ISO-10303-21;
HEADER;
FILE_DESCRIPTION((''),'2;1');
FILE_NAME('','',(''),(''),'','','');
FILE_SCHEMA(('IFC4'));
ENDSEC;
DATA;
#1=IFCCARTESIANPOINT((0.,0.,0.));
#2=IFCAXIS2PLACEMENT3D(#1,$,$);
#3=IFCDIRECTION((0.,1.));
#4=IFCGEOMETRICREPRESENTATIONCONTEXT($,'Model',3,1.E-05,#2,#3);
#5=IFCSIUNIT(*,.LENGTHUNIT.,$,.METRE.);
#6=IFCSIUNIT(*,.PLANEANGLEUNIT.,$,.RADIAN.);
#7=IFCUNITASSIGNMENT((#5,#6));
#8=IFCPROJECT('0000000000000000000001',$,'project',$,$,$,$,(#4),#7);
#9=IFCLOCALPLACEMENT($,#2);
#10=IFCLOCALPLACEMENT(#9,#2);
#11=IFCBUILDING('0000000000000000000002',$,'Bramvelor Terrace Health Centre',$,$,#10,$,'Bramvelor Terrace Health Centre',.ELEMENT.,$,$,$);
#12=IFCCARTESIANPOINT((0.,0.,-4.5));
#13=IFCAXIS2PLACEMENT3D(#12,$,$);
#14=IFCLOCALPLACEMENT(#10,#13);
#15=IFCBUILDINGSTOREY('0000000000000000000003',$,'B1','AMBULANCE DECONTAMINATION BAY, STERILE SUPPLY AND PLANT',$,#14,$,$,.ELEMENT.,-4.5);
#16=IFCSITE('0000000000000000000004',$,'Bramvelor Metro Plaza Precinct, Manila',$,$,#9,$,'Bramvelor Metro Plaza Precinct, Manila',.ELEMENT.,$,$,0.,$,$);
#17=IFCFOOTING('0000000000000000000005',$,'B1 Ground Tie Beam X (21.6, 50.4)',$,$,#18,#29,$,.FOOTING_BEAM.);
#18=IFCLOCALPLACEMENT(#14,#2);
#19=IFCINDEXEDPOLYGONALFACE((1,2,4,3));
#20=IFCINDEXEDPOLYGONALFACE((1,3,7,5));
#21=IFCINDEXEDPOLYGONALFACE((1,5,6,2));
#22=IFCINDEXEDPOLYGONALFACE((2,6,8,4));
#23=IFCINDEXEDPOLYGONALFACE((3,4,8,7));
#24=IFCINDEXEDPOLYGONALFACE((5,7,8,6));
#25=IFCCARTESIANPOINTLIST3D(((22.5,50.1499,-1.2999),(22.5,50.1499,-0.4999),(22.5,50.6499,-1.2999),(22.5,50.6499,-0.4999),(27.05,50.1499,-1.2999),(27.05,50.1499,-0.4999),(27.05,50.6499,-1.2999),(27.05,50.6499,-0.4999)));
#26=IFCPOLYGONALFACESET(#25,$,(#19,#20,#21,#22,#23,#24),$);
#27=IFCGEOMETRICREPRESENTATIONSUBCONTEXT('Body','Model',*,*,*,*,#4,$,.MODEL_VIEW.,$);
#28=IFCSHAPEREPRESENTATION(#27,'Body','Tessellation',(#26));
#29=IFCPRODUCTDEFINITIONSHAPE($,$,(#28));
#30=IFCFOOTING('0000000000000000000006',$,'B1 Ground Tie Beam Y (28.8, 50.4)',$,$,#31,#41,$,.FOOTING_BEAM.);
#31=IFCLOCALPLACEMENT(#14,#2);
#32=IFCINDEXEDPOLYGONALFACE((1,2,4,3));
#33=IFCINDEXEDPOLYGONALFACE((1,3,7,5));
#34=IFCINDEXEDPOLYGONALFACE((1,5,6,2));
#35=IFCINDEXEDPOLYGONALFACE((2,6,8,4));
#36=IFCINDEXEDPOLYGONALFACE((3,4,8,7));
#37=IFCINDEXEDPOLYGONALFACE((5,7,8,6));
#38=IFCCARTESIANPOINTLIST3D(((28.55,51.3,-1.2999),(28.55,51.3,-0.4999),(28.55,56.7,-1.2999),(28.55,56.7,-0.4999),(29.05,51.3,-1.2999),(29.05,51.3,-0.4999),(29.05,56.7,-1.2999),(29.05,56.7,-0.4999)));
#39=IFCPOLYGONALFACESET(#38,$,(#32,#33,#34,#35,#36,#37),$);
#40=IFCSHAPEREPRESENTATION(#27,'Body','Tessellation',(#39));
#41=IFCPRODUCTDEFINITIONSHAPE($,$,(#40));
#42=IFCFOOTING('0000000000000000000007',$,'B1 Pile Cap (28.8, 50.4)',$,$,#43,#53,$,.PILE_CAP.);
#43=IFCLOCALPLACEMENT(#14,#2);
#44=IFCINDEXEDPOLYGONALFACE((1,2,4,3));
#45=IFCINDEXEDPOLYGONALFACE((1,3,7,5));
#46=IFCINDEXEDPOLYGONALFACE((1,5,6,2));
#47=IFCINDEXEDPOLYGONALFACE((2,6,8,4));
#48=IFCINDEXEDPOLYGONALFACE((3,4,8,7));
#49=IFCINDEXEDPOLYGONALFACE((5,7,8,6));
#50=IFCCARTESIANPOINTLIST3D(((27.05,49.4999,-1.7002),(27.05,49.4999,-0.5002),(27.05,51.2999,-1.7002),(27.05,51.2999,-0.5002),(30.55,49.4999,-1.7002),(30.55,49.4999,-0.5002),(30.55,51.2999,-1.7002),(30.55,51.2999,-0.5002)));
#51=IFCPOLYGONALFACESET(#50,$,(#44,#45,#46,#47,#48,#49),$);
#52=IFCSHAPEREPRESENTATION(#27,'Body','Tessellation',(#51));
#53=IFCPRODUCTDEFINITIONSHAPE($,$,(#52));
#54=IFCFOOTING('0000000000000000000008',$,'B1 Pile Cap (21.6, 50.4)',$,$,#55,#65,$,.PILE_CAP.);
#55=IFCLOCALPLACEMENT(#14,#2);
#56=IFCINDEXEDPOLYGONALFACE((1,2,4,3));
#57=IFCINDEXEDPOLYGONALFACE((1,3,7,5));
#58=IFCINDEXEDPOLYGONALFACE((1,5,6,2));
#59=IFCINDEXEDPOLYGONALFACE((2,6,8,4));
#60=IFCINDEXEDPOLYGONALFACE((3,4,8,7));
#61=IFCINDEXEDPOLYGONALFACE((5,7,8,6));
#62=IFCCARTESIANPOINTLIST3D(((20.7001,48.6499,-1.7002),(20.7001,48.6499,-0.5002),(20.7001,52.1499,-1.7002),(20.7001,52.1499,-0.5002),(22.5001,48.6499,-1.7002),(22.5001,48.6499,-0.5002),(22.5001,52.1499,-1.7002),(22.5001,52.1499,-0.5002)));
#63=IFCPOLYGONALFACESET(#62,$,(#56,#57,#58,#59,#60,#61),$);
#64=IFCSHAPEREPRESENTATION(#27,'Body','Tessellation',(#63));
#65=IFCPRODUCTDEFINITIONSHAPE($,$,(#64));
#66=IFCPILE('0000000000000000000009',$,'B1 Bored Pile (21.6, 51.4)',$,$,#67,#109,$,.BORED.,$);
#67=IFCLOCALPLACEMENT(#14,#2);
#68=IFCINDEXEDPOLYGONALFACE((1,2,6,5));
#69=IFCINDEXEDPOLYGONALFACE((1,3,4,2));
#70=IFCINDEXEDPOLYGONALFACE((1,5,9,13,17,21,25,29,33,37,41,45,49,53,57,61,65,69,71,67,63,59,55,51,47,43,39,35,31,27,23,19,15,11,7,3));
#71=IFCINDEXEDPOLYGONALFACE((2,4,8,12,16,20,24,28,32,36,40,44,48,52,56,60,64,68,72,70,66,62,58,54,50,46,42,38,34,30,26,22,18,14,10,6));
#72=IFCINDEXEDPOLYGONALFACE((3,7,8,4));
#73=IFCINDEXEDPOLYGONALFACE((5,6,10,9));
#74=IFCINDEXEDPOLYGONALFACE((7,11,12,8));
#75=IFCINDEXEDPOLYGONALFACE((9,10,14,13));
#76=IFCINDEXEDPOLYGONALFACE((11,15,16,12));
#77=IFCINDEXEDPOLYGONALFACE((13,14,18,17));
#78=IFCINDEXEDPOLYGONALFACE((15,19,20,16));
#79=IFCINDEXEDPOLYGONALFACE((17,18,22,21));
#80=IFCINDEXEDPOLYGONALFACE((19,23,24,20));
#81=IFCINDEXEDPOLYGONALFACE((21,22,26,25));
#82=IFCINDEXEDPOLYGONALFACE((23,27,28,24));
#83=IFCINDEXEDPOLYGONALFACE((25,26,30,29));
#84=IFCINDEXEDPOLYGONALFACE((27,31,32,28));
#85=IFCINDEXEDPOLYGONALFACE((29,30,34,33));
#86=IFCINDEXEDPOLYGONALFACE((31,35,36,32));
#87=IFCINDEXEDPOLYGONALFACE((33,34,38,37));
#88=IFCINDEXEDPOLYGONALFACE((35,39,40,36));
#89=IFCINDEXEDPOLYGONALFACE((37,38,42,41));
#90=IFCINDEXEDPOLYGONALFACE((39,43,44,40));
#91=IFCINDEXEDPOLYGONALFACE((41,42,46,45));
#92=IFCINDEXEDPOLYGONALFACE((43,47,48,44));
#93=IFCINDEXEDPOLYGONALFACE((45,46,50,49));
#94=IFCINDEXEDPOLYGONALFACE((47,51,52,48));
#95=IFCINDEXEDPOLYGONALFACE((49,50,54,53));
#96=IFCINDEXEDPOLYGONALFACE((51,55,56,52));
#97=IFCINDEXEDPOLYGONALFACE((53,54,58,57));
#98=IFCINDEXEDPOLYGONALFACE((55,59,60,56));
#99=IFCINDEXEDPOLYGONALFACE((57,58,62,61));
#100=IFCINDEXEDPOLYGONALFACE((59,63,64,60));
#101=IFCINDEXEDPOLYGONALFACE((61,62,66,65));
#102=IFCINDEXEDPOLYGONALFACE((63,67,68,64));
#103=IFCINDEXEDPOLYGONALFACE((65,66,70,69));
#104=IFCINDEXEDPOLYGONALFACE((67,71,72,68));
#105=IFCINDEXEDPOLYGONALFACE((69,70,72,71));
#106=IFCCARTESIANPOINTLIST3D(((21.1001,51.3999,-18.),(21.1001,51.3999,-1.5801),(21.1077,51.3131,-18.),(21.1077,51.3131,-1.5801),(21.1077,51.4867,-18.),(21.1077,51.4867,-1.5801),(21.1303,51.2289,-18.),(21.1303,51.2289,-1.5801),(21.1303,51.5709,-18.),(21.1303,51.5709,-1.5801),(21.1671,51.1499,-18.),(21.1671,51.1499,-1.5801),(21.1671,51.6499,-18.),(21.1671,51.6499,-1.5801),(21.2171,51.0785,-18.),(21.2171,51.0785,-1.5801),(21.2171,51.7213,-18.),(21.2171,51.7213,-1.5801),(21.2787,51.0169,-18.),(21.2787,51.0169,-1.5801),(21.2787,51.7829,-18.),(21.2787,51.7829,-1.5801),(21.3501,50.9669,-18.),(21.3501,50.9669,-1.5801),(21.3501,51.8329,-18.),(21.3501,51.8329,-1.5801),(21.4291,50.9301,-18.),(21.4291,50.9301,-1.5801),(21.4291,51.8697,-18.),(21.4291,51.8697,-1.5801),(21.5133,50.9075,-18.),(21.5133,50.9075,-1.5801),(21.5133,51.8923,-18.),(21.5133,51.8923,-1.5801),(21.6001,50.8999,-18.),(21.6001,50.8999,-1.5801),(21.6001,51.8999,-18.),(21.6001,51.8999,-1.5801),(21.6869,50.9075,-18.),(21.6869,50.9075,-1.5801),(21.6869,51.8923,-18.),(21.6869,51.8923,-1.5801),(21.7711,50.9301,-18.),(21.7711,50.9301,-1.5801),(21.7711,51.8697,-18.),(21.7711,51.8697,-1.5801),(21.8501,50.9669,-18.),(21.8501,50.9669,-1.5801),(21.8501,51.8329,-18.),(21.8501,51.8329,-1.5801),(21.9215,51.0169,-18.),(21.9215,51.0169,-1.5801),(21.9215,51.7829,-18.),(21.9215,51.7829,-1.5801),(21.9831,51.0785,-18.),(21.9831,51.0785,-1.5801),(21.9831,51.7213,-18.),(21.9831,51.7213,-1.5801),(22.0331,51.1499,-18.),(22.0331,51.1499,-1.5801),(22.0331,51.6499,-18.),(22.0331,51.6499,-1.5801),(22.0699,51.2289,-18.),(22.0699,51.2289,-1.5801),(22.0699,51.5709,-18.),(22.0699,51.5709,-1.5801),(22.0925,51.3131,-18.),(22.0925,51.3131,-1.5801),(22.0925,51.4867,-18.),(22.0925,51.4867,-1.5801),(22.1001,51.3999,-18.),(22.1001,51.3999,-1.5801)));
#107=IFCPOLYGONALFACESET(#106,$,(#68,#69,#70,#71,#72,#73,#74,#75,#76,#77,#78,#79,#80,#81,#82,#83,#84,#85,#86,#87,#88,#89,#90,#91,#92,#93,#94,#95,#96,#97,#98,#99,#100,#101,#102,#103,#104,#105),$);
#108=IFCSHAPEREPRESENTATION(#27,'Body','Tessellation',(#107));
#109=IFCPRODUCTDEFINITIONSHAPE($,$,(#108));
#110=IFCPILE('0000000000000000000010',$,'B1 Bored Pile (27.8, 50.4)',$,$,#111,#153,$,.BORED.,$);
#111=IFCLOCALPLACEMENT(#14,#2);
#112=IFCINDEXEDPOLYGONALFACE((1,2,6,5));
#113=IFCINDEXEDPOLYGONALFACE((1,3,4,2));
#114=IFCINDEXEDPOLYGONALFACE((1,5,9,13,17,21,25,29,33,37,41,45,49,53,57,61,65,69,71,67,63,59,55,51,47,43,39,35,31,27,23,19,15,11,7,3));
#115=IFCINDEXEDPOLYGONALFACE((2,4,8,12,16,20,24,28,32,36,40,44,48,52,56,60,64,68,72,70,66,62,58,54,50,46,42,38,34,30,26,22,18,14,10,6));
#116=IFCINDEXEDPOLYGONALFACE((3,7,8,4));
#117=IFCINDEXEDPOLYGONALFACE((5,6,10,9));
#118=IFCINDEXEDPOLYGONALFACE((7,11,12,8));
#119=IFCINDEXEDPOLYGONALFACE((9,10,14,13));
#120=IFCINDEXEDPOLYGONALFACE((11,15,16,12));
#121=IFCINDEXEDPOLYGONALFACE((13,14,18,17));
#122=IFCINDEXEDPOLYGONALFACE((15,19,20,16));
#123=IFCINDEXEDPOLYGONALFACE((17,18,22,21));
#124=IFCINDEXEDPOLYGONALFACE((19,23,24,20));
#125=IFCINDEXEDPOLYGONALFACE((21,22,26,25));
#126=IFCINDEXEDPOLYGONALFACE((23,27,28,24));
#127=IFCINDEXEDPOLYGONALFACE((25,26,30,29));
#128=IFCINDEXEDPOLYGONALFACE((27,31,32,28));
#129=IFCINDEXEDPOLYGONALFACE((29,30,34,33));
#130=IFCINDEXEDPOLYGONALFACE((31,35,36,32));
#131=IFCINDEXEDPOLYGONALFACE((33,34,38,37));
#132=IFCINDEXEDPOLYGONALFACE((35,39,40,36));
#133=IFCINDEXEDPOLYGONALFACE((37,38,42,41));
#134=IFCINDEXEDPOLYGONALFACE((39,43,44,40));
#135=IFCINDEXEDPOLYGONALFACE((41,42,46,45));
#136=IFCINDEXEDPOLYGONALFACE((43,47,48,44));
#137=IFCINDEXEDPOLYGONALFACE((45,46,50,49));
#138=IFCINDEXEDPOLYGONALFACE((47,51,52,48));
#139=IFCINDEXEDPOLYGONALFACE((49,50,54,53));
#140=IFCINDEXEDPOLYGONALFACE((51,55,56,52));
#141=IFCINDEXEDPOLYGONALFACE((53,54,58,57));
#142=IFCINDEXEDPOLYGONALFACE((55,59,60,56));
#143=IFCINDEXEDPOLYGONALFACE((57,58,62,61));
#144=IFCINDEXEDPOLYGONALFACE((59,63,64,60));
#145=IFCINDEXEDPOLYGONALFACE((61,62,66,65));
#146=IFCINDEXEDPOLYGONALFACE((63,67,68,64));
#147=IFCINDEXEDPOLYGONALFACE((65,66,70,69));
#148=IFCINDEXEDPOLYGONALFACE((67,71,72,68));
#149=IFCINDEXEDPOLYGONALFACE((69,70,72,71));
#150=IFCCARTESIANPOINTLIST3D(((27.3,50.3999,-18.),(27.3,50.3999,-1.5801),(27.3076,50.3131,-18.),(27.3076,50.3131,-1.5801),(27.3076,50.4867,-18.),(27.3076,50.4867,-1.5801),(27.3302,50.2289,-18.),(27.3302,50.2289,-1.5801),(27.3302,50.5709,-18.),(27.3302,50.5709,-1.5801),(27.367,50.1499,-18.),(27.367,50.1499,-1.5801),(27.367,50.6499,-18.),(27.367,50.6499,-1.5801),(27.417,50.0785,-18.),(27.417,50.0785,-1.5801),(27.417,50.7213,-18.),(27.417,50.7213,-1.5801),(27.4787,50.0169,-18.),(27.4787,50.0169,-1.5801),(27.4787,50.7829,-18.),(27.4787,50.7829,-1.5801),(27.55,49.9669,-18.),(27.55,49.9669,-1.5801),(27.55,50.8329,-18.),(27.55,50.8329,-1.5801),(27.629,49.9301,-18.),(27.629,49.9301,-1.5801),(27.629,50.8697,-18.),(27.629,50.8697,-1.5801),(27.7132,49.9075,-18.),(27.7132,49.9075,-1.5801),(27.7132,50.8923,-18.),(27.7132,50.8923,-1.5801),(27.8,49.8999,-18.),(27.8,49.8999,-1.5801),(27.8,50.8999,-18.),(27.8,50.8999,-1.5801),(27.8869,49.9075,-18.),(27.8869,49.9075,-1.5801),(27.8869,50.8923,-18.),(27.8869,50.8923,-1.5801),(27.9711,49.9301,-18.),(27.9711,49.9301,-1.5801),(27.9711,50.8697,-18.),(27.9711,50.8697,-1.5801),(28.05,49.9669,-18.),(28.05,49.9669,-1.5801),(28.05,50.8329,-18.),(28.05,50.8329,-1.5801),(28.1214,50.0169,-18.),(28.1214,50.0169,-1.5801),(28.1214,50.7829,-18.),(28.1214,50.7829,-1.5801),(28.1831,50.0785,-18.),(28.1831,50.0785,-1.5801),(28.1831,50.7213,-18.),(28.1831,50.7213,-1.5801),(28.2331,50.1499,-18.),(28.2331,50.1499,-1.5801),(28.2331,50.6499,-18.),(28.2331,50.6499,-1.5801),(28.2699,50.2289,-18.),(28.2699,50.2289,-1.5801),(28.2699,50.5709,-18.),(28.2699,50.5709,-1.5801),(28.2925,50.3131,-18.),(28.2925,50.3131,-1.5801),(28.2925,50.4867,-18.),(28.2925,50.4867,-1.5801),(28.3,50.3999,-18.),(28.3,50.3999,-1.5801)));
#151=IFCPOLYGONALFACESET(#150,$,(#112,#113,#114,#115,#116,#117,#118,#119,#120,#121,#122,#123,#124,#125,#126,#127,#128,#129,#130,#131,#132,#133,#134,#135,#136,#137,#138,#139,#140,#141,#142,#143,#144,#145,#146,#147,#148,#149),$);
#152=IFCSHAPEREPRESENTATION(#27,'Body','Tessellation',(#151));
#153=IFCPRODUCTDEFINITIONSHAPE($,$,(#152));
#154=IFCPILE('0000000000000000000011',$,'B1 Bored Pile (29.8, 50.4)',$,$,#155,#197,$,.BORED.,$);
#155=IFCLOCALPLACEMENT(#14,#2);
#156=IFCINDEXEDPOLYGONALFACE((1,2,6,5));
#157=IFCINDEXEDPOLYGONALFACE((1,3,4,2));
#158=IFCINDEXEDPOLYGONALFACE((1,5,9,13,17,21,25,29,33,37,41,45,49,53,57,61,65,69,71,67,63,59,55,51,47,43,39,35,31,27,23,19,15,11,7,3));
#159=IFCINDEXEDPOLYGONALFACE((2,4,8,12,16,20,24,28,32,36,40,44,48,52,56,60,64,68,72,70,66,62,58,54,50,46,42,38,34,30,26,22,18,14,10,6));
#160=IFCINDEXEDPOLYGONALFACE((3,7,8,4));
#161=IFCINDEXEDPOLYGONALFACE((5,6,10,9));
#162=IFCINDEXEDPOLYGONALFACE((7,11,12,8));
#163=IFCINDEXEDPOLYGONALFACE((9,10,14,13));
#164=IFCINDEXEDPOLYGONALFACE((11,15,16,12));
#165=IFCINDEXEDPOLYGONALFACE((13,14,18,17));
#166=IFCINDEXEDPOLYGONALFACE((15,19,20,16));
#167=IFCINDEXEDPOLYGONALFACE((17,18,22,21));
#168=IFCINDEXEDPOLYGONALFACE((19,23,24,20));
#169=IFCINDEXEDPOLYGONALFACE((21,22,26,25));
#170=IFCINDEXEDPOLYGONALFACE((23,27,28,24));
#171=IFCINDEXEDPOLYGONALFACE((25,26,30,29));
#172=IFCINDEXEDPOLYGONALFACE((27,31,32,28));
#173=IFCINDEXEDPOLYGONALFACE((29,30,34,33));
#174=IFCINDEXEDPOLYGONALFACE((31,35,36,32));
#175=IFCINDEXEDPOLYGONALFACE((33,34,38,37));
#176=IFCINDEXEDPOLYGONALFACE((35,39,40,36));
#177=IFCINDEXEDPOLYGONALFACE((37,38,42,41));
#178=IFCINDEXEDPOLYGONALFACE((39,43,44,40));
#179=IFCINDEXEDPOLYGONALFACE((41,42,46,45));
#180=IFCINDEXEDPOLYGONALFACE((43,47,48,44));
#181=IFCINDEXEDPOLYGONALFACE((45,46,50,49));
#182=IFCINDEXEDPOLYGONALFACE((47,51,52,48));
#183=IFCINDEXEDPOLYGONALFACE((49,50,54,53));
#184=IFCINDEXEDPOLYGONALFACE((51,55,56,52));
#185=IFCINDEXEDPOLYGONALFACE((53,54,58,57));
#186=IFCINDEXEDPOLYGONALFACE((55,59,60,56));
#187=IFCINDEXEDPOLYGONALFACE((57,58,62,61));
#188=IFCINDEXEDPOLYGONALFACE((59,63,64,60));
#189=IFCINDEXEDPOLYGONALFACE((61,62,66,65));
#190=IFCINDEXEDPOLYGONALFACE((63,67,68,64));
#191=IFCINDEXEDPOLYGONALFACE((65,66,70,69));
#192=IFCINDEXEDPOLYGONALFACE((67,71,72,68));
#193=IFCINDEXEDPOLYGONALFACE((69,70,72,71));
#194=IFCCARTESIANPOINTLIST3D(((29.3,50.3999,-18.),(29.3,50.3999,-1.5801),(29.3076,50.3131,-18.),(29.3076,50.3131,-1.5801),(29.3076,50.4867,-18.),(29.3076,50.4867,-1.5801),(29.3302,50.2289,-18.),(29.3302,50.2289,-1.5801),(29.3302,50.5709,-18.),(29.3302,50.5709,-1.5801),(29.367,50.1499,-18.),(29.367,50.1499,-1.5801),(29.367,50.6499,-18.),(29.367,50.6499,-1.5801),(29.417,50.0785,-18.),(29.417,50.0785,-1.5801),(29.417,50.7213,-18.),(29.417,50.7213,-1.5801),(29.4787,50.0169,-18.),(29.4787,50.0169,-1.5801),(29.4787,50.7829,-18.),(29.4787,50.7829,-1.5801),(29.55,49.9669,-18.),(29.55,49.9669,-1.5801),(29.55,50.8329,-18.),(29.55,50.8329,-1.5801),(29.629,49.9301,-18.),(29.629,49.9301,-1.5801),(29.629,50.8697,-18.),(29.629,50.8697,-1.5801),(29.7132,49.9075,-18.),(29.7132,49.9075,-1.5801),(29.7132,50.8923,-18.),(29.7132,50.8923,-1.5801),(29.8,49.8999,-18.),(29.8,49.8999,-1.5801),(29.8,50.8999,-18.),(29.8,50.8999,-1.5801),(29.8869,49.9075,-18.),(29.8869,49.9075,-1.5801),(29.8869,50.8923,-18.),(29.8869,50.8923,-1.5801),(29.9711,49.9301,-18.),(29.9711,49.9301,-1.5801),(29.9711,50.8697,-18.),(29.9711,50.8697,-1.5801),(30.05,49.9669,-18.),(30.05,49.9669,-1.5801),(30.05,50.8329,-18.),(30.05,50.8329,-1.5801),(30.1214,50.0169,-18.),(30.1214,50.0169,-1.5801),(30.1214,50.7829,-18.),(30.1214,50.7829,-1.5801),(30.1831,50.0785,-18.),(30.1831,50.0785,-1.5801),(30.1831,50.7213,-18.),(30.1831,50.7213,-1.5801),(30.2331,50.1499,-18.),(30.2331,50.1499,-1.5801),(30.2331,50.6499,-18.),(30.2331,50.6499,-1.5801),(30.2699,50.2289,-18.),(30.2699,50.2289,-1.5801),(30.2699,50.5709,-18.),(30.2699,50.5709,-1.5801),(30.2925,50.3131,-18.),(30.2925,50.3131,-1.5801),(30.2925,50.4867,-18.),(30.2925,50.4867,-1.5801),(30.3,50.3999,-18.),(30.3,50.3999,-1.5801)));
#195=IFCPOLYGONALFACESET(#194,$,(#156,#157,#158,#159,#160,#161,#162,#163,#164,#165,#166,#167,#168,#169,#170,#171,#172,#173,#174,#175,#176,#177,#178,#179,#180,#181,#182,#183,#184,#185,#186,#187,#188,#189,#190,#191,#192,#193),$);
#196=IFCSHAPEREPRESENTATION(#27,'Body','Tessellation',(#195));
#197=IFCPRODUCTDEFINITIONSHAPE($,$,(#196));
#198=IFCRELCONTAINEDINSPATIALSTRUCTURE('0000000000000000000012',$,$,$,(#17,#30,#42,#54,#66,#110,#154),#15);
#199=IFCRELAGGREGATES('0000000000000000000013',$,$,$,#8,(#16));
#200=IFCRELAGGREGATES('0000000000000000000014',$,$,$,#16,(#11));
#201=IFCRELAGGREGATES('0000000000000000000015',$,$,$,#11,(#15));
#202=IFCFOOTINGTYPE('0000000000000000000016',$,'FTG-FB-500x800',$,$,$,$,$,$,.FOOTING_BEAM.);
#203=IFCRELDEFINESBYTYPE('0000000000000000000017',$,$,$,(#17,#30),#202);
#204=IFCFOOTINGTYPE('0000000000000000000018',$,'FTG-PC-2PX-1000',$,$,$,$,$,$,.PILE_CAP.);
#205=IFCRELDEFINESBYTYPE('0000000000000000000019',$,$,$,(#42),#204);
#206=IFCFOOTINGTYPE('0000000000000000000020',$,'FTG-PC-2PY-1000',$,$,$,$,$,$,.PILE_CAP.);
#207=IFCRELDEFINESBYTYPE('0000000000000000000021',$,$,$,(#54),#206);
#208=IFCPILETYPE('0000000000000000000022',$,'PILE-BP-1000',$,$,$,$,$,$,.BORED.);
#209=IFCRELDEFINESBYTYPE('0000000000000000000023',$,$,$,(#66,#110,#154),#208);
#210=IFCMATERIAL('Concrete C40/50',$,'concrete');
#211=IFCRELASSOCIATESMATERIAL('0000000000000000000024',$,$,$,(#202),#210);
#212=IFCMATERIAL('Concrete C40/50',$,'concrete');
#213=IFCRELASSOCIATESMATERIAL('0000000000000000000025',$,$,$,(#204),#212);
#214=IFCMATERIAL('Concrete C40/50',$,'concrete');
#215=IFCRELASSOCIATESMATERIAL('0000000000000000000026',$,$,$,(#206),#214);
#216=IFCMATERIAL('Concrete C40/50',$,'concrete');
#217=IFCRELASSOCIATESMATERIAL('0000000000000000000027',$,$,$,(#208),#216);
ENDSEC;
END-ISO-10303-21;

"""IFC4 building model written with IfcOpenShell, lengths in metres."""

from ifc_helpers import new_model, si_unit, direction, frame, origin, origin_2d, place, context, subcontext, project, spatial, rectangle, circle, extrude, material, material_profile, profile_set, type_object, element, save


model = new_model("IFC4")

# Units and contexts
model_context = context("Model", 3, precision=1e-05, world=origin(), true_north=direction((0.0, 1.0)))
body_context = subcontext(model_context, "Body", "Model", "MODEL_VIEW")
ifc_project = project(units=[si_unit("LENGTHUNIT", "METRE"), si_unit("PLANEANGLEUNIT", "RADIAN")], contexts=[model_context])

# Site, building, storey
site_placement = place(None, origin())
site = spatial("IfcSite", under=ifc_project, at=site_placement, Name="Bramvelor Metro Plaza Precinct, Manila", LongName="Bramvelor Metro Plaza Precinct, Manila", CompositionType="ELEMENT", RefElevation=0.0)
building_placement = place(site_placement, origin())
building = spatial("IfcBuilding", under=site, at=building_placement, Name="Bramvelor Terrace Health Centre", LongName="Bramvelor Terrace Health Centre", CompositionType="ELEMENT")
storey_placement = place(building_placement, frame((0.0, 0.0, -4.5)))
storey = spatial("IfcBuildingStorey", under=building, at=storey_placement, Name="B1", Description="AMBULANCE DECONTAMINATION BAY, STERILE SUPPLY AND PLANT", CompositionType="ELEMENT", Elevation=-4.5)

# Footings
ifc_material_1 = material(Name="Concrete C40/50", Category="concrete")
ifc_material_profile_1 = material_profile(ifc_material_1, rectangle(XDim=0.5, YDim=0.8, at=origin_2d()), Name="RC 500x800")
ifc_profile_set_1 = profile_set([ifc_material_profile_1], Name="Concrete C40/50")
footing_type_1 = type_object("IfcFootingType", Name="FTG-FB-500x800", PredefinedType="FOOTING_BEAM", material=ifc_profile_set_1)
footing_1_placement = place(storey_placement, frame((22.5, 50.3999, -0.8999), z_axis=(1.0, 0.0, 0.0), x_axis=(0.0, 1.0, 0.0)))
element("IfcFooting", 1, at=footing_1_placement, inside=storey, type_object=footing_type_1, Name="B1 Ground Tie Beam X (21.6, 50.4)", PredefinedType="FOOTING_BEAM", context=body_context, shape_type="SweptSolid", body=[
    extrude(rectangle(XDim=0.5, YDim=0.8, at=origin_2d()), origin(), (0.0, 0.0, 1.0), 4.55),
])
footing_2_placement = place(storey_placement, frame((28.8, 51.3, -0.8999), z_axis=(0.0, 1.0, 0.0), x_axis=(-1.0, 0.0, 0.0)))
element("IfcFooting", 2, at=footing_2_placement, inside=storey, type_object=footing_type_1, Name="B1 Ground Tie Beam Y (28.8, 50.4)", PredefinedType="FOOTING_BEAM", context=body_context, shape_type="SweptSolid", body=[
    extrude(rectangle(XDim=0.5, YDim=0.8, at=origin_2d()), origin(), (0.0, 0.0, 1.0), 5.3999),
])
ifc_material_2 = material(Name="Concrete C40/50", Category="concrete")
footing_type_2 = type_object("IfcFootingType", Name="FTG-PC-2PX-1000", PredefinedType="PILE_CAP", material=ifc_material_2)
footing_3_placement = place(storey_placement, frame((28.8, 50.3999, -1.7002), z_axis=(0.0, 0.0, 1.0), x_axis=(1.0, 0.0, 0.0)))
element("IfcFooting", 3, at=footing_3_placement, inside=storey, type_object=footing_type_2, Name="B1 Pile Cap (28.8, 50.4)", PredefinedType="PILE_CAP", context=body_context, shape_type="SweptSolid", body=[
    extrude(rectangle(XDim=3.5, YDim=1.8, at=origin_2d()), origin(), (0.0, 0.0, 1.0), 1.2),
])
ifc_material_3 = material(Name="Concrete C40/50", Category="concrete")
footing_type_3 = type_object("IfcFootingType", Name="FTG-PC-2PY-1000", PredefinedType="PILE_CAP", material=ifc_material_3)
footing_4_placement = place(storey_placement, frame((21.6001, 50.3999, -1.7002), z_axis=(0.0, 0.0, 1.0), x_axis=(1.0, 0.0, 0.0)))
element("IfcFooting", 4, at=footing_4_placement, inside=storey, type_object=footing_type_3, Name="B1 Pile Cap (21.6, 50.4)", PredefinedType="PILE_CAP", context=body_context, shape_type="SweptSolid", body=[
    extrude(rectangle(XDim=1.8, YDim=3.5, at=origin_2d()), origin(), (0.0, 0.0, 1.0), 1.2),
])

# Piles
ifc_material_4 = material(Name="Concrete C40/50", Category="concrete")
ifc_material_profile_2 = material_profile(ifc_material_4, circle(Radius=0.5, at=origin_2d()), Name="BP D1000")
ifc_profile_set_2 = profile_set([ifc_material_profile_2], Name="Concrete C40/50")
pile_type = type_object("IfcPileType", Name="PILE-BP-1000", PredefinedType="BORED", material=ifc_profile_set_2)
for number, where, z_axis, x_axis, name in (
    (5, (21.6001, 51.3999, -1.5801), (0.0, 0.0, -1.0), (1.0, 0.0, 0.0), "B1 Bored Pile (21.6, 51.4)"),
    (6, (27.8, 50.3999, -1.5801), (0.0, 0.0, -1.0), (1.0, 0.0, 0.0), "B1 Bored Pile (27.8, 50.4)"),
    (7, (29.8, 50.3999, -1.5801), (0.0, 0.0, -1.0), (1.0, 0.0, 0.0), "B1 Bored Pile (29.8, 50.4)"),
):
    element("IfcPile", number, at=place(storey_placement, frame(where, z_axis=z_axis, x_axis=x_axis)), inside=storey, type_object=pile_type, Name=name, PredefinedType="BORED", context=body_context, shape_type="SweptSolid", body=[
        extrude(circle(Radius=0.5, at=origin_2d()), origin(), (0.0, 0.0, 1.0), 16.4199),
    ])

save(model, "model.ifc")
